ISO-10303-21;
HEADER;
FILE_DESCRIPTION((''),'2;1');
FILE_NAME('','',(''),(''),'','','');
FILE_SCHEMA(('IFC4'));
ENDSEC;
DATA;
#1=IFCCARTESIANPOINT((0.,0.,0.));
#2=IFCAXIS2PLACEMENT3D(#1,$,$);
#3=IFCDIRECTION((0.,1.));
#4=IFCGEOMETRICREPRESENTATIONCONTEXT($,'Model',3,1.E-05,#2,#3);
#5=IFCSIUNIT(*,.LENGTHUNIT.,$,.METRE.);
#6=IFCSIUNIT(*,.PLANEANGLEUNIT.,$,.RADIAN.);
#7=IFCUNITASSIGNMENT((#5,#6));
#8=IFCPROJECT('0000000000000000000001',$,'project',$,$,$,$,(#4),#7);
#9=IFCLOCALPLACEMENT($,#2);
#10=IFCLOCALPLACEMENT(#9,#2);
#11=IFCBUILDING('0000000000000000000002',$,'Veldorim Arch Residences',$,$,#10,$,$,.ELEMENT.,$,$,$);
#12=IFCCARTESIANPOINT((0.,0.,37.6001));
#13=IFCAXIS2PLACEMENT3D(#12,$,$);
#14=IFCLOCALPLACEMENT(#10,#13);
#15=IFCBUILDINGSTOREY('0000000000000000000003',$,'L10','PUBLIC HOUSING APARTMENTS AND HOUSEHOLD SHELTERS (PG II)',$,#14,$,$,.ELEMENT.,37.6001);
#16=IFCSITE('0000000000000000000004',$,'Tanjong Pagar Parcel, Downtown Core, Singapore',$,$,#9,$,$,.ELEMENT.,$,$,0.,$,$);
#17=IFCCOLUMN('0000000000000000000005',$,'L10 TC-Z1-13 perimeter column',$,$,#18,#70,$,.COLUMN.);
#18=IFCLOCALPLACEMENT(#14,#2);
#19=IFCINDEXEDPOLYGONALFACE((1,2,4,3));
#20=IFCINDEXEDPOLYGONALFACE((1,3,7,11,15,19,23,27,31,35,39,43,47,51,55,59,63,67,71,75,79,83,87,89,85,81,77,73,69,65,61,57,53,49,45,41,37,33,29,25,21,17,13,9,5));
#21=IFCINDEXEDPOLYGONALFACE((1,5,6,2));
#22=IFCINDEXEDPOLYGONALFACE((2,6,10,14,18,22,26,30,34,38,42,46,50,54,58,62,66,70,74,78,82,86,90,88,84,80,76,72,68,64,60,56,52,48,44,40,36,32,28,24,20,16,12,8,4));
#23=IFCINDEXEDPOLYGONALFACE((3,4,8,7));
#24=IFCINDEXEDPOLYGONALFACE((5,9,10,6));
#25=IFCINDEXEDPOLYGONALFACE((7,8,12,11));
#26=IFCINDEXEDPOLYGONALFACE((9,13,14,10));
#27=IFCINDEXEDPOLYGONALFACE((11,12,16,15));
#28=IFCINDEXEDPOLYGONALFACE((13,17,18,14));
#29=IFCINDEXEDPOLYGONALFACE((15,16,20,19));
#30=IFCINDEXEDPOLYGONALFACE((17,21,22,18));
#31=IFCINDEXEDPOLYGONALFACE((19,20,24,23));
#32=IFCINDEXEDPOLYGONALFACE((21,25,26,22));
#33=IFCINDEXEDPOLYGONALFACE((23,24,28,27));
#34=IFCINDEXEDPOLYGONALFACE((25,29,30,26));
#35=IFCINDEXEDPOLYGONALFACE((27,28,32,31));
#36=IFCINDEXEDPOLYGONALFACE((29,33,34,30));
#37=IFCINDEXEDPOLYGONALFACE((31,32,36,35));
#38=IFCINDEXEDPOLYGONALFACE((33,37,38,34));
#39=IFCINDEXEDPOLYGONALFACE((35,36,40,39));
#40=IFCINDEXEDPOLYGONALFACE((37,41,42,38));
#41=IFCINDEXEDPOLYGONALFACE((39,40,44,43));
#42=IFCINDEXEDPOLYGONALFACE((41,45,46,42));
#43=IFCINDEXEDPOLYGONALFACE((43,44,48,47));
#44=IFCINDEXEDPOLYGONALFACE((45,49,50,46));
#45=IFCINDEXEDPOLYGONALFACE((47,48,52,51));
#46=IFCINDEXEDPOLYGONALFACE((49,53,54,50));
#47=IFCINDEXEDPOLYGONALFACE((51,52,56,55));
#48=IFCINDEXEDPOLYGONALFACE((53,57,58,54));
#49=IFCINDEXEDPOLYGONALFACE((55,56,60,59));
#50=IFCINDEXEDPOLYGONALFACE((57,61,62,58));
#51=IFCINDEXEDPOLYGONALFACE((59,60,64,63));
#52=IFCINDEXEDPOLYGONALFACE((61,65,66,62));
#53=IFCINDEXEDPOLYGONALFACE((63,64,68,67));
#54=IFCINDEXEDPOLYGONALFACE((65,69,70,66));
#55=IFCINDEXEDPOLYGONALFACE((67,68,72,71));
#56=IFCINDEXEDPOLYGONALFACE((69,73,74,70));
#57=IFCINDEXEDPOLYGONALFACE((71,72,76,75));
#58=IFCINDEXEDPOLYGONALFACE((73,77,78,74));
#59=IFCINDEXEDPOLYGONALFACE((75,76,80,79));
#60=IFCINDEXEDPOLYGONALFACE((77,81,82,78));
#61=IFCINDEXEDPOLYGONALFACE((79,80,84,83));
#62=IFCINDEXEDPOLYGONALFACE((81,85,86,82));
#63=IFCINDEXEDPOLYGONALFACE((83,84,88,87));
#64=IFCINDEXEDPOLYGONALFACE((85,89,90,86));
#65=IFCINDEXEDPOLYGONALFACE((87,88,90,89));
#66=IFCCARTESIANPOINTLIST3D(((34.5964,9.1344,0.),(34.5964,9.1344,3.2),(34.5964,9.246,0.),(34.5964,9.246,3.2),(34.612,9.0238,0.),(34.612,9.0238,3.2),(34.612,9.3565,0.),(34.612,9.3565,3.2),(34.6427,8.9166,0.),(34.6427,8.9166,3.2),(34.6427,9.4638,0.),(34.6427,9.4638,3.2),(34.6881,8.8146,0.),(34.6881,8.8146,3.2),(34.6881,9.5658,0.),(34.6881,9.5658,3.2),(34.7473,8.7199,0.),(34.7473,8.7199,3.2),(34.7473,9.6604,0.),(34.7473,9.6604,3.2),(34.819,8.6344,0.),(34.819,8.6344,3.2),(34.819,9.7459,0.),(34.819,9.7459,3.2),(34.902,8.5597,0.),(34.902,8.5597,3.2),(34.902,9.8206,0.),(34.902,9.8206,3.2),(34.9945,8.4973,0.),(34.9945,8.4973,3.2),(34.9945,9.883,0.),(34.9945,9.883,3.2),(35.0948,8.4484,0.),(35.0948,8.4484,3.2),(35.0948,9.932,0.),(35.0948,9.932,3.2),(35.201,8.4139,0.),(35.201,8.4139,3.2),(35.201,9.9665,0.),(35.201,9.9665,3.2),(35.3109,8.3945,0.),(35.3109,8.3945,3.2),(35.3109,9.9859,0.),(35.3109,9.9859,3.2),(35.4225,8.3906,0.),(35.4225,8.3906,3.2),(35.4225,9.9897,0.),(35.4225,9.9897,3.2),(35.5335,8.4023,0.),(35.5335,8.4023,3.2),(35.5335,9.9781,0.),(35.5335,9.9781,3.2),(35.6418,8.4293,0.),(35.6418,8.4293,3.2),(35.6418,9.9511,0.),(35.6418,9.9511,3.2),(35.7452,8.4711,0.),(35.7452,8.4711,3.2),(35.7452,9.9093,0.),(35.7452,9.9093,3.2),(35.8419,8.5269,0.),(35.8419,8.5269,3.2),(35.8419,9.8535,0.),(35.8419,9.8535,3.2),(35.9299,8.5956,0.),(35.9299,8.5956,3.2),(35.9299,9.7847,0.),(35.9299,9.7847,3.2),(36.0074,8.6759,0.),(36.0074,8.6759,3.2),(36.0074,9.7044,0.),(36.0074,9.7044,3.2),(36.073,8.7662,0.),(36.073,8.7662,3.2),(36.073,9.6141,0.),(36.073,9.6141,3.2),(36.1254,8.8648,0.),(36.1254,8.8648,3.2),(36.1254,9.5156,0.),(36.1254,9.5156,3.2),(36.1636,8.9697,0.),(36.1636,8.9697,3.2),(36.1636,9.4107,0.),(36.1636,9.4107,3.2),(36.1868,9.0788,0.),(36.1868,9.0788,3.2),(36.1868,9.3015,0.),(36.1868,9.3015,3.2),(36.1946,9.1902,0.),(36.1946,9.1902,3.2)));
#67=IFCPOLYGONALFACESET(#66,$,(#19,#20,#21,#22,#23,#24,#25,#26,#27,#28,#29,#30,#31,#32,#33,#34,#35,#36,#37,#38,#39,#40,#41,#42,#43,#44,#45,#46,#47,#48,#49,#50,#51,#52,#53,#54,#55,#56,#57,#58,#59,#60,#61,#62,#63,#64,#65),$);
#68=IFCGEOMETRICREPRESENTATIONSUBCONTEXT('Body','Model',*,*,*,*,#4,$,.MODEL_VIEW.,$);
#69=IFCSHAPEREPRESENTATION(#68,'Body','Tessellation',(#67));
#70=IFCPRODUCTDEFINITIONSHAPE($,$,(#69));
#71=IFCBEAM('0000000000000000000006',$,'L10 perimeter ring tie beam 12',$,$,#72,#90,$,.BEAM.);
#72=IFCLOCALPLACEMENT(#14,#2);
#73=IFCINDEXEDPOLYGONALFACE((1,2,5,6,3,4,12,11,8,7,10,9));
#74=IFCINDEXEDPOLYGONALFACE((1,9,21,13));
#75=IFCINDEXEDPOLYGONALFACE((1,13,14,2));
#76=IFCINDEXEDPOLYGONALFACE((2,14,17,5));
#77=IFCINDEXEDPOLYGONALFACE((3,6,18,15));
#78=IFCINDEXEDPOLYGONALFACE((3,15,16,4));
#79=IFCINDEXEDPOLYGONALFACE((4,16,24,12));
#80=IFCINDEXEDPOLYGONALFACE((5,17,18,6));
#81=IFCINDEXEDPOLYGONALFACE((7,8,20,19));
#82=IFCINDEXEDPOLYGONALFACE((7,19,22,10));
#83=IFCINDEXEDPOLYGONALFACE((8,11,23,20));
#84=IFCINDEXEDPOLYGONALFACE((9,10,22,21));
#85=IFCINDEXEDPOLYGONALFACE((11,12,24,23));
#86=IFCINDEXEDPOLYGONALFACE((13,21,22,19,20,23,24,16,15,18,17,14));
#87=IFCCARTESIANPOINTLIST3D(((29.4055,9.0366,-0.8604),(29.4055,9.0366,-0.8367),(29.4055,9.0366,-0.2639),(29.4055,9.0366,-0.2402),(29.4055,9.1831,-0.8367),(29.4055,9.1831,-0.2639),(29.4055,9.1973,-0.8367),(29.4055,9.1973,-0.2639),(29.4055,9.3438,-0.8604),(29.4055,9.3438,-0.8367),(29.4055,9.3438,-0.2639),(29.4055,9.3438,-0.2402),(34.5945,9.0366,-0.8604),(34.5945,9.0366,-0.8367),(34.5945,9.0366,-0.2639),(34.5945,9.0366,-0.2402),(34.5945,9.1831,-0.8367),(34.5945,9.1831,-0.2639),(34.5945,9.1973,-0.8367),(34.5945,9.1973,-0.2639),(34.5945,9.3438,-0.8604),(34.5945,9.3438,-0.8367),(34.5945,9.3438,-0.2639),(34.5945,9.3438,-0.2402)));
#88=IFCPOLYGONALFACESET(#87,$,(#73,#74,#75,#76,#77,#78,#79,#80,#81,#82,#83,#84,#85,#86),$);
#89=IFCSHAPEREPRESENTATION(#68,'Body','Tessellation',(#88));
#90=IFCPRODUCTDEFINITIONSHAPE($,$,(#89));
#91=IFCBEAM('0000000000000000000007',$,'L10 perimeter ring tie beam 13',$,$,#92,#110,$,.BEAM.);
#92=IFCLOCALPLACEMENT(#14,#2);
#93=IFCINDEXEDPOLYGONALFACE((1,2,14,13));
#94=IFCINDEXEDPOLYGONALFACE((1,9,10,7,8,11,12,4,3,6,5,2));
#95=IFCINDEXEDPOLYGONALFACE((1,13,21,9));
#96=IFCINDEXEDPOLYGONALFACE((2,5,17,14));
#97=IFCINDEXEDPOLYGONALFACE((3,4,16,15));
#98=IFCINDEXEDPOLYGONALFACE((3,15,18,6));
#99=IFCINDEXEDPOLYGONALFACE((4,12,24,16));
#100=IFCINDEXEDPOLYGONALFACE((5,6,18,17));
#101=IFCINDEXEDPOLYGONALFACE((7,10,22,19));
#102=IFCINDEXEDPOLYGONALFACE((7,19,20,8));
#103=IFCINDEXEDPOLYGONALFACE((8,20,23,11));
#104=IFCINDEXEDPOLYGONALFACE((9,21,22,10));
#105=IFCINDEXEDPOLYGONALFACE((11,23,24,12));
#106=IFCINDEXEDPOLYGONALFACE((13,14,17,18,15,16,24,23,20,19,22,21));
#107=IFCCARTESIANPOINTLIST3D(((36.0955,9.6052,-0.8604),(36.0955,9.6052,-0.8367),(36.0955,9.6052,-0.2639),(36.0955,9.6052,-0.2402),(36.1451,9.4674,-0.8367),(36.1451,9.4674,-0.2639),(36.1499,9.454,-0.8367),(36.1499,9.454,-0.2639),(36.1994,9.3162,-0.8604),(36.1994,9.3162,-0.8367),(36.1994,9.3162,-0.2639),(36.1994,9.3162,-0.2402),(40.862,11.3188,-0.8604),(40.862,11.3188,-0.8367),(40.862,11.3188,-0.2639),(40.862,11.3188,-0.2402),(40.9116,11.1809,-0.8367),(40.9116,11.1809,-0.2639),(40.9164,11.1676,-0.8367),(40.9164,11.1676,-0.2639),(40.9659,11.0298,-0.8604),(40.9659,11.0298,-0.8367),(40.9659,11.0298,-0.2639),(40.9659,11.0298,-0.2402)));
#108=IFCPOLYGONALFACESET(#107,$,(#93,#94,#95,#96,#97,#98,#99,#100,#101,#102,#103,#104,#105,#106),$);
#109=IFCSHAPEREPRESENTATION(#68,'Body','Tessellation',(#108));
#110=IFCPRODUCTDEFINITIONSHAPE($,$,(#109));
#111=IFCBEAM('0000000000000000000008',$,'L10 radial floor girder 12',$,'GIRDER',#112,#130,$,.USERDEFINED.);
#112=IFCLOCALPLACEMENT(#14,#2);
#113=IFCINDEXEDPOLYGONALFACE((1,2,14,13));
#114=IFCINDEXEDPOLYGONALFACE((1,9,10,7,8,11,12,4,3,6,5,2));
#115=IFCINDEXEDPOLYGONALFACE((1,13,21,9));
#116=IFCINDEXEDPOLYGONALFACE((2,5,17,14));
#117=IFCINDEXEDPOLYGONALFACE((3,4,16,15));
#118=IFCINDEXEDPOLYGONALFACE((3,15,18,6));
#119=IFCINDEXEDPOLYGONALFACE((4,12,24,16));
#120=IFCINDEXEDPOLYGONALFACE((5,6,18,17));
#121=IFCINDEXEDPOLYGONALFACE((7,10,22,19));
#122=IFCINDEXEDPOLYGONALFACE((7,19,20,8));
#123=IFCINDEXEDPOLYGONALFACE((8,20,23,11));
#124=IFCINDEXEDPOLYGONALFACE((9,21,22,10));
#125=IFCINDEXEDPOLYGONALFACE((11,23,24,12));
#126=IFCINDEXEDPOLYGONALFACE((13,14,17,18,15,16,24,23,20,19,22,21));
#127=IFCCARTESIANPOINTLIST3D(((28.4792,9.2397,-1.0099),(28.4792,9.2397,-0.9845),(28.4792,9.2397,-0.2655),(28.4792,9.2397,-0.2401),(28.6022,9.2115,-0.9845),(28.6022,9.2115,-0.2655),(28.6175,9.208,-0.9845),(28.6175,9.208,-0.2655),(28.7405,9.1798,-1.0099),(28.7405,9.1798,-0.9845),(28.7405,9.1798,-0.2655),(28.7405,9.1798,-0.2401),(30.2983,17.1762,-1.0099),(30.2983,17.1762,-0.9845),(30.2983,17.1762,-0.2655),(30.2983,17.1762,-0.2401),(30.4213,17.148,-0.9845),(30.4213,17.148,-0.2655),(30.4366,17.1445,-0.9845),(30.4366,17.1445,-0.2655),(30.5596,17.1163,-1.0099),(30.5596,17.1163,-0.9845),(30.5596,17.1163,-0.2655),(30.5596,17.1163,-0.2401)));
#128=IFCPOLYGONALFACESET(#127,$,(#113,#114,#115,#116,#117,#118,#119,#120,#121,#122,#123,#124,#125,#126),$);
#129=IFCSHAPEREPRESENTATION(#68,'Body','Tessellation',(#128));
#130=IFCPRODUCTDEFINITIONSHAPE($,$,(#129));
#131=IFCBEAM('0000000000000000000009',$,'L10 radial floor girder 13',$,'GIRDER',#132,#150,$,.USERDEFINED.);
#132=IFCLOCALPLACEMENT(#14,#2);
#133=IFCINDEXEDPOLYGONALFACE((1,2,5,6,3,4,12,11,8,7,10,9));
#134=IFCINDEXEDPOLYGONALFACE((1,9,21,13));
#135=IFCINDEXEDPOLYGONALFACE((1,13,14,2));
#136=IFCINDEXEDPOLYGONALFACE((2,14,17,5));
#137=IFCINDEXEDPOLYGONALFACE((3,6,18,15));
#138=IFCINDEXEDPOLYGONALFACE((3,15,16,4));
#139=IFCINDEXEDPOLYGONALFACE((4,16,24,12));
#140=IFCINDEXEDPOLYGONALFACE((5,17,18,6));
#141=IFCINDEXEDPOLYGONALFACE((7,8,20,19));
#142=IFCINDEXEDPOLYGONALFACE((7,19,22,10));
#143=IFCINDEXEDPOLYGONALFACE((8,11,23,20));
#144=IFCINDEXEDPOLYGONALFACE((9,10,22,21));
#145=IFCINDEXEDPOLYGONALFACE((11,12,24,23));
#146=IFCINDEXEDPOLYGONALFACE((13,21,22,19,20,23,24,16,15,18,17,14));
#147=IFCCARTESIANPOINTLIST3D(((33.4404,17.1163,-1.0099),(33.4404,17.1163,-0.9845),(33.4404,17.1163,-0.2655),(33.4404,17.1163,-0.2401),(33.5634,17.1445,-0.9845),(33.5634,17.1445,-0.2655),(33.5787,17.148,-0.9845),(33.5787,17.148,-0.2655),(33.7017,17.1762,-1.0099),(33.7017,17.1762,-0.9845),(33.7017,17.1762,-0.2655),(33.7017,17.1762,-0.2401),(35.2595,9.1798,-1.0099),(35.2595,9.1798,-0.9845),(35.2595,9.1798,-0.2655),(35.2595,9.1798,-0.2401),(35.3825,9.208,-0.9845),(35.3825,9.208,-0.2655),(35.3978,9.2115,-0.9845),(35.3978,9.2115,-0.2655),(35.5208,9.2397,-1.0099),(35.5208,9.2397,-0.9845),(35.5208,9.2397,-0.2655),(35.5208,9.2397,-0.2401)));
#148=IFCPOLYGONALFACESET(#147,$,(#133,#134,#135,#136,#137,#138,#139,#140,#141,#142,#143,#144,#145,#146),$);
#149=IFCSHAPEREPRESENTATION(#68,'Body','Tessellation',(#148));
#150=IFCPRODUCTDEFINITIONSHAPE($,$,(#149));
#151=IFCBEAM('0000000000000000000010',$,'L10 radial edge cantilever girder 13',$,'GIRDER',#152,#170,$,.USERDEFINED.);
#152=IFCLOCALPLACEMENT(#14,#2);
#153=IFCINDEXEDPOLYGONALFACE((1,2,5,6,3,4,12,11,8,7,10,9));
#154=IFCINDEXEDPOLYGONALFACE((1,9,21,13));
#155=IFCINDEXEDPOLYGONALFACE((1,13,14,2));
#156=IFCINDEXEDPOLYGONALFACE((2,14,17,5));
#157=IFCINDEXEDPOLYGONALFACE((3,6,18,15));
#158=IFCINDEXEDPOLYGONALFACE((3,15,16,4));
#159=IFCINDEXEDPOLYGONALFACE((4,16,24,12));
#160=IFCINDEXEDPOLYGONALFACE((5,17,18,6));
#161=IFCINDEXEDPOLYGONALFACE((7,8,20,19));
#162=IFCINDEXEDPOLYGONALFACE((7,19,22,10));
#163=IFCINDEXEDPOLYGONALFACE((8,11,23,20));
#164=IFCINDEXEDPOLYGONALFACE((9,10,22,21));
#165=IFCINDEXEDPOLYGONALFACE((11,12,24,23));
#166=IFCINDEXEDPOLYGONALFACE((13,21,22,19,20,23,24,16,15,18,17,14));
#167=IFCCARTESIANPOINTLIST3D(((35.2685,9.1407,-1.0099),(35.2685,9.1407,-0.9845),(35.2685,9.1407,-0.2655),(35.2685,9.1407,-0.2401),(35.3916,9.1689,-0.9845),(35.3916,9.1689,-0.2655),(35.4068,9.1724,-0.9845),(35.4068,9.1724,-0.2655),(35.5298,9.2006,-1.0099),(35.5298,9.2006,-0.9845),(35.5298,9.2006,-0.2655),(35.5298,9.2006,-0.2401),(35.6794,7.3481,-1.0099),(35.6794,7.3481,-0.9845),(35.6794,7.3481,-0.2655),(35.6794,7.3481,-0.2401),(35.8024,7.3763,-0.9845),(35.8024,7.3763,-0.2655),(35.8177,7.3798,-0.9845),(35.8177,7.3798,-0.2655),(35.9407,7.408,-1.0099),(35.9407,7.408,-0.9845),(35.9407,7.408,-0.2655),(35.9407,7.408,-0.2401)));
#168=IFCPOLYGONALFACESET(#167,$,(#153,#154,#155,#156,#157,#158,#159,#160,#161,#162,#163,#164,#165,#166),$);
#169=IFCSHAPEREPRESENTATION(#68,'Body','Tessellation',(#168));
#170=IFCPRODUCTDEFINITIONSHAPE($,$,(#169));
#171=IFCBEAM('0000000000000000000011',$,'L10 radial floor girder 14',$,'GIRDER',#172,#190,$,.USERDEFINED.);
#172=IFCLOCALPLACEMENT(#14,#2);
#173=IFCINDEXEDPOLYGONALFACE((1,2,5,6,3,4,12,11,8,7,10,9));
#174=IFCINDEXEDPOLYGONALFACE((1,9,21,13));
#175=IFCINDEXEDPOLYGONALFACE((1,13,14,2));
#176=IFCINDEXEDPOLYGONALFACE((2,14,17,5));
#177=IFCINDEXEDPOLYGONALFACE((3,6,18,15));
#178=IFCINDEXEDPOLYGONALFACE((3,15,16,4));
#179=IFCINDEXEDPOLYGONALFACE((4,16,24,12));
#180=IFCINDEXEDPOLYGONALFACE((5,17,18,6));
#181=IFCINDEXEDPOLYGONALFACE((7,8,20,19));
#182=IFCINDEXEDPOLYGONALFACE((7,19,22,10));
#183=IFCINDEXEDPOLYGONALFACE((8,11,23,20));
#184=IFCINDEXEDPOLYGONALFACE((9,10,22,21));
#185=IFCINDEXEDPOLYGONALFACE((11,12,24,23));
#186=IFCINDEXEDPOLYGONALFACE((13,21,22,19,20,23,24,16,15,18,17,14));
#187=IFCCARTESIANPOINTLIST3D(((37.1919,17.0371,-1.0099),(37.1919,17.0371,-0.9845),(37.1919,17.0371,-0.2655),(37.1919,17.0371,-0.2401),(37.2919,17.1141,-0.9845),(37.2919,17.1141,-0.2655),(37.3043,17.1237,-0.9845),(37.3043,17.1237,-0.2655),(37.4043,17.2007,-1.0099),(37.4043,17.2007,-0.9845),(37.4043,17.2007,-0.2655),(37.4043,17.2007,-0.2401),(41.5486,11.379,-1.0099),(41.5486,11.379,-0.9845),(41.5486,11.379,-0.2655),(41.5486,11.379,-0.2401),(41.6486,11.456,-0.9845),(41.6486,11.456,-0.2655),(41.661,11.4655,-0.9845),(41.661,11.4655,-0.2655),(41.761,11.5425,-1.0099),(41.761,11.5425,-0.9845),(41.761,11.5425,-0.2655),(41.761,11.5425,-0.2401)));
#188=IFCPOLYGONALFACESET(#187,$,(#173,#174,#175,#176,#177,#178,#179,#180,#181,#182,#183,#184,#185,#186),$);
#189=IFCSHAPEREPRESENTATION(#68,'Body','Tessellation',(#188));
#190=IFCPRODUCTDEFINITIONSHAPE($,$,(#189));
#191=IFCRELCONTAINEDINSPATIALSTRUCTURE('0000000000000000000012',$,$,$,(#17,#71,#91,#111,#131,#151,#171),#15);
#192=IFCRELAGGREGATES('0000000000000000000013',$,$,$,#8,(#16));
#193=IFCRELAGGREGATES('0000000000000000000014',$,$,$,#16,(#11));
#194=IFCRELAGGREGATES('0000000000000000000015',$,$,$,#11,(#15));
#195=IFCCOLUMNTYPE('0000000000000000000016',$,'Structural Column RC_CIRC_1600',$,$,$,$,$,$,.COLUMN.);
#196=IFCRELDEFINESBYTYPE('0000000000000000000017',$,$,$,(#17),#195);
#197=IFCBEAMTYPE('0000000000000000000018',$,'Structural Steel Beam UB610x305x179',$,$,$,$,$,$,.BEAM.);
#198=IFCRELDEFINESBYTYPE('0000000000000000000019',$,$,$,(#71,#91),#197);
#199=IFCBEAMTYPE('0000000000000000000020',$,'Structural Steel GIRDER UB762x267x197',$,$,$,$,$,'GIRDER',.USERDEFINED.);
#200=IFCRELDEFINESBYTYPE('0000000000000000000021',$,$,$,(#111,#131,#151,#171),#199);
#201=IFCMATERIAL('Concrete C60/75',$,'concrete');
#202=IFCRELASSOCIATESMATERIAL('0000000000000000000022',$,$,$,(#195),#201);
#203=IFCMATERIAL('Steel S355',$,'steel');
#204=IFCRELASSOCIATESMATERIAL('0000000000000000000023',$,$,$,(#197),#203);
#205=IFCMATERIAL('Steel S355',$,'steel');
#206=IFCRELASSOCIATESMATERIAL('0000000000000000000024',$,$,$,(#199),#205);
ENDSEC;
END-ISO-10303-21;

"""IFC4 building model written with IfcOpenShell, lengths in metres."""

from ifc_helpers import new_model, si_unit, direction, frame, origin, origin_2d, place, context, subcontext, project, spatial, circle, i_section, extrude, material, material_profile, profile_set, type_object, element, save


model = new_model("IFC4")

# Units and contexts
model_context = context("Model", 3, precision=1e-05, world=origin(), true_north=direction((0.0, 1.0)))
body_context = subcontext(model_context, "Body", "Model", "MODEL_VIEW")
ifc_project = project(units=[si_unit("LENGTHUNIT", "METRE"), si_unit("PLANEANGLEUNIT", "RADIAN")], contexts=[model_context])

# Site, building, storey
site_placement = place(None, origin())
site = spatial("IfcSite", under=ifc_project, at=site_placement, Name="Tanjong Pagar Parcel, Downtown Core, Singapore", CompositionType="ELEMENT", RefElevation=0.0)
building_placement = place(site_placement, origin())
building = spatial("IfcBuilding", under=site, at=building_placement, Name="Veldorim Arch Residences", CompositionType="ELEMENT")
storey_placement = place(building_placement, frame((0.0, 0.0, 37.6001)))
storey = spatial("IfcBuildingStorey", under=building, at=storey_placement, Name="L10", Description="PUBLIC HOUSING APARTMENTS AND HOUSEHOLD SHELTERS (PG II)", CompositionType="ELEMENT", Elevation=37.6001)

# Column
ifc_material_1 = material(Name="Concrete C60/75", Category="concrete")
ifc_material_profile_1 = material_profile(ifc_material_1, circle(Radius=0.8, at=origin_2d()), Name="RC_CIRC_1600")
ifc_profile_set_1 = profile_set([ifc_material_profile_1], Name="Concrete C60/75")
column_type = type_object("IfcColumnType", Name="Structural Column RC_CIRC_1600", PredefinedType="COLUMN", material=ifc_profile_set_1)
column_placement = place(storey_placement, frame((35.3945, 9.1902, 0.0), z_axis=(0.0, 0.0, 1.0), x_axis=(1.0, 0.0, 0.0)))
element("IfcColumn", 1, at=column_placement, inside=storey, type_object=column_type, Name="L10 TC-Z1-13 perimeter column", PredefinedType="COLUMN", context=body_context, shape_type="SweptSolid", body=[
    extrude(circle(Radius=0.8, at=origin_2d()), origin(), (0.0, 0.0, 1.0), 3.2),
])

# Beams
ifc_material_2 = material(Name="Steel S355", Category="steel")
ifc_material_profile_2 = material_profile(ifc_material_2, i_section(OverallWidth=0.3071, OverallDepth=0.6201, WebThickness=0.0142, FlangeThickness=0.0237, at=origin_2d()), Name="UB610x305x179")
ifc_profile_set_2 = profile_set([ifc_material_profile_2], Name="Steel S355")
beam_type_1 = type_object("IfcBeamType", Name="Structural Steel Beam UB610x305x179", PredefinedType="BEAM", material=ifc_profile_set_2)
beam_1_placement = place(storey_placement, frame((29.4055, 9.1902, -0.5503), z_axis=(1.0, 0.0, 0.0), x_axis=(0.0, 1.0, 0.0)))
element("IfcBeam", 2, at=beam_1_placement, inside=storey, type_object=beam_type_1, Name="L10 perimeter ring tie beam 12", PredefinedType="BEAM", context=body_context, shape_type="SweptSolid", body=[
    extrude(i_section(OverallWidth=0.3071, OverallDepth=0.6201, WebThickness=0.0142, FlangeThickness=0.0237, at=origin_2d()), origin(), (0.0, 0.0, 1.0), 5.189),
])
beam_2_placement = place(storey_placement, frame((36.1475, 9.4607, -0.5503), z_axis=(0.941035, 0.338308, 0.0), x_axis=(-0.338308, 0.941035, 0.0)))
element("IfcBeam", 3, at=beam_2_placement, inside=storey, type_object=beam_type_1, Name="L10 perimeter ring tie beam 13", PredefinedType="BEAM", context=body_context, shape_type="SweptSolid", body=[
    extrude(i_section(OverallWidth=0.3071, OverallDepth=0.6201, WebThickness=0.0142, FlangeThickness=0.0237, at=origin_2d()), origin(), (0.0, 0.0, 1.0), 5.0652),
])
ifc_material_3 = material(Name="Steel S355", Category="steel")
ifc_material_profile_3 = material_profile(ifc_material_3, i_section(OverallWidth=0.2681, OverallDepth=0.7698, WebThickness=0.0156, FlangeThickness=0.0254, at=origin_2d()), Name="UB762x267x197")
ifc_profile_set_3 = profile_set([ifc_material_profile_3], Name="Steel S355")
beam_type_2 = type_object("IfcBeamType", Name="Structural Steel GIRDER UB762x267x197", ElementType="GIRDER", PredefinedType="USERDEFINED", material=ifc_profile_set_3)
for number, where, z_axis, x_axis, name in (
    (4, (30.429, 17.1462, -0.625), (-0.223412, -0.974724, 0.0), (0.974724, -0.223412, 0.0), "L10 radial floor girder 12"),
    (5, (33.571, 17.1462, -0.625), (0.223412, -0.974724, 0.0), (0.974724, 0.223412, 0.0), "L10 radial floor girder 13"),
):
    element("IfcBeam", number, at=place(storey_placement, frame(where, z_axis=z_axis, x_axis=x_axis)), inside=storey, type_object=beam_type_2, Name=name, ObjectType="GIRDER", PredefinedType="USERDEFINED", context=body_context, shape_type="SweptSolid", body=[
        extrude(i_section(OverallWidth=0.2681, OverallDepth=0.7698, WebThickness=0.0156, FlangeThickness=0.0254, at=origin_2d()), origin(), (0.0, 0.0, 1.0), 8.1423),
    ])
beam_3_placement = place(storey_placement, frame((35.3992, 9.1707, -0.625), z_axis=(0.223405, -0.974726, 0.0), x_axis=(0.974726, 0.223405, 0.0)))
element("IfcBeam", 6, at=beam_3_placement, inside=storey, type_object=beam_type_2, Name="L10 radial edge cantilever girder 13", ObjectType="GIRDER", PredefinedType="USERDEFINED", context=body_context, shape_type="SweptSolid", body=[
    extrude(i_section(OverallWidth=0.2681, OverallDepth=0.7698, WebThickness=0.0156, FlangeThickness=0.0254, at=origin_2d()), origin(), (0.0, 0.0, 1.0), 1.8391),
])
beam_4_placement = place(storey_placement, frame((37.2981, 17.1189, -0.625), z_axis=(0.610082, -0.792338, 0.0), x_axis=(0.792338, 0.610082, 0.0)))
element("IfcBeam", 7, at=beam_4_placement, inside=storey, type_object=beam_type_2, Name="L10 radial floor girder 14", ObjectType="GIRDER", PredefinedType="USERDEFINED", context=body_context, shape_type="SweptSolid", body=[
    extrude(i_section(OverallWidth=0.2681, OverallDepth=0.7698, WebThickness=0.0156, FlangeThickness=0.0254, at=origin_2d()), origin(), (0.0, 0.0, 1.0), 7.1411),
])

save(model, "model.ifc")
